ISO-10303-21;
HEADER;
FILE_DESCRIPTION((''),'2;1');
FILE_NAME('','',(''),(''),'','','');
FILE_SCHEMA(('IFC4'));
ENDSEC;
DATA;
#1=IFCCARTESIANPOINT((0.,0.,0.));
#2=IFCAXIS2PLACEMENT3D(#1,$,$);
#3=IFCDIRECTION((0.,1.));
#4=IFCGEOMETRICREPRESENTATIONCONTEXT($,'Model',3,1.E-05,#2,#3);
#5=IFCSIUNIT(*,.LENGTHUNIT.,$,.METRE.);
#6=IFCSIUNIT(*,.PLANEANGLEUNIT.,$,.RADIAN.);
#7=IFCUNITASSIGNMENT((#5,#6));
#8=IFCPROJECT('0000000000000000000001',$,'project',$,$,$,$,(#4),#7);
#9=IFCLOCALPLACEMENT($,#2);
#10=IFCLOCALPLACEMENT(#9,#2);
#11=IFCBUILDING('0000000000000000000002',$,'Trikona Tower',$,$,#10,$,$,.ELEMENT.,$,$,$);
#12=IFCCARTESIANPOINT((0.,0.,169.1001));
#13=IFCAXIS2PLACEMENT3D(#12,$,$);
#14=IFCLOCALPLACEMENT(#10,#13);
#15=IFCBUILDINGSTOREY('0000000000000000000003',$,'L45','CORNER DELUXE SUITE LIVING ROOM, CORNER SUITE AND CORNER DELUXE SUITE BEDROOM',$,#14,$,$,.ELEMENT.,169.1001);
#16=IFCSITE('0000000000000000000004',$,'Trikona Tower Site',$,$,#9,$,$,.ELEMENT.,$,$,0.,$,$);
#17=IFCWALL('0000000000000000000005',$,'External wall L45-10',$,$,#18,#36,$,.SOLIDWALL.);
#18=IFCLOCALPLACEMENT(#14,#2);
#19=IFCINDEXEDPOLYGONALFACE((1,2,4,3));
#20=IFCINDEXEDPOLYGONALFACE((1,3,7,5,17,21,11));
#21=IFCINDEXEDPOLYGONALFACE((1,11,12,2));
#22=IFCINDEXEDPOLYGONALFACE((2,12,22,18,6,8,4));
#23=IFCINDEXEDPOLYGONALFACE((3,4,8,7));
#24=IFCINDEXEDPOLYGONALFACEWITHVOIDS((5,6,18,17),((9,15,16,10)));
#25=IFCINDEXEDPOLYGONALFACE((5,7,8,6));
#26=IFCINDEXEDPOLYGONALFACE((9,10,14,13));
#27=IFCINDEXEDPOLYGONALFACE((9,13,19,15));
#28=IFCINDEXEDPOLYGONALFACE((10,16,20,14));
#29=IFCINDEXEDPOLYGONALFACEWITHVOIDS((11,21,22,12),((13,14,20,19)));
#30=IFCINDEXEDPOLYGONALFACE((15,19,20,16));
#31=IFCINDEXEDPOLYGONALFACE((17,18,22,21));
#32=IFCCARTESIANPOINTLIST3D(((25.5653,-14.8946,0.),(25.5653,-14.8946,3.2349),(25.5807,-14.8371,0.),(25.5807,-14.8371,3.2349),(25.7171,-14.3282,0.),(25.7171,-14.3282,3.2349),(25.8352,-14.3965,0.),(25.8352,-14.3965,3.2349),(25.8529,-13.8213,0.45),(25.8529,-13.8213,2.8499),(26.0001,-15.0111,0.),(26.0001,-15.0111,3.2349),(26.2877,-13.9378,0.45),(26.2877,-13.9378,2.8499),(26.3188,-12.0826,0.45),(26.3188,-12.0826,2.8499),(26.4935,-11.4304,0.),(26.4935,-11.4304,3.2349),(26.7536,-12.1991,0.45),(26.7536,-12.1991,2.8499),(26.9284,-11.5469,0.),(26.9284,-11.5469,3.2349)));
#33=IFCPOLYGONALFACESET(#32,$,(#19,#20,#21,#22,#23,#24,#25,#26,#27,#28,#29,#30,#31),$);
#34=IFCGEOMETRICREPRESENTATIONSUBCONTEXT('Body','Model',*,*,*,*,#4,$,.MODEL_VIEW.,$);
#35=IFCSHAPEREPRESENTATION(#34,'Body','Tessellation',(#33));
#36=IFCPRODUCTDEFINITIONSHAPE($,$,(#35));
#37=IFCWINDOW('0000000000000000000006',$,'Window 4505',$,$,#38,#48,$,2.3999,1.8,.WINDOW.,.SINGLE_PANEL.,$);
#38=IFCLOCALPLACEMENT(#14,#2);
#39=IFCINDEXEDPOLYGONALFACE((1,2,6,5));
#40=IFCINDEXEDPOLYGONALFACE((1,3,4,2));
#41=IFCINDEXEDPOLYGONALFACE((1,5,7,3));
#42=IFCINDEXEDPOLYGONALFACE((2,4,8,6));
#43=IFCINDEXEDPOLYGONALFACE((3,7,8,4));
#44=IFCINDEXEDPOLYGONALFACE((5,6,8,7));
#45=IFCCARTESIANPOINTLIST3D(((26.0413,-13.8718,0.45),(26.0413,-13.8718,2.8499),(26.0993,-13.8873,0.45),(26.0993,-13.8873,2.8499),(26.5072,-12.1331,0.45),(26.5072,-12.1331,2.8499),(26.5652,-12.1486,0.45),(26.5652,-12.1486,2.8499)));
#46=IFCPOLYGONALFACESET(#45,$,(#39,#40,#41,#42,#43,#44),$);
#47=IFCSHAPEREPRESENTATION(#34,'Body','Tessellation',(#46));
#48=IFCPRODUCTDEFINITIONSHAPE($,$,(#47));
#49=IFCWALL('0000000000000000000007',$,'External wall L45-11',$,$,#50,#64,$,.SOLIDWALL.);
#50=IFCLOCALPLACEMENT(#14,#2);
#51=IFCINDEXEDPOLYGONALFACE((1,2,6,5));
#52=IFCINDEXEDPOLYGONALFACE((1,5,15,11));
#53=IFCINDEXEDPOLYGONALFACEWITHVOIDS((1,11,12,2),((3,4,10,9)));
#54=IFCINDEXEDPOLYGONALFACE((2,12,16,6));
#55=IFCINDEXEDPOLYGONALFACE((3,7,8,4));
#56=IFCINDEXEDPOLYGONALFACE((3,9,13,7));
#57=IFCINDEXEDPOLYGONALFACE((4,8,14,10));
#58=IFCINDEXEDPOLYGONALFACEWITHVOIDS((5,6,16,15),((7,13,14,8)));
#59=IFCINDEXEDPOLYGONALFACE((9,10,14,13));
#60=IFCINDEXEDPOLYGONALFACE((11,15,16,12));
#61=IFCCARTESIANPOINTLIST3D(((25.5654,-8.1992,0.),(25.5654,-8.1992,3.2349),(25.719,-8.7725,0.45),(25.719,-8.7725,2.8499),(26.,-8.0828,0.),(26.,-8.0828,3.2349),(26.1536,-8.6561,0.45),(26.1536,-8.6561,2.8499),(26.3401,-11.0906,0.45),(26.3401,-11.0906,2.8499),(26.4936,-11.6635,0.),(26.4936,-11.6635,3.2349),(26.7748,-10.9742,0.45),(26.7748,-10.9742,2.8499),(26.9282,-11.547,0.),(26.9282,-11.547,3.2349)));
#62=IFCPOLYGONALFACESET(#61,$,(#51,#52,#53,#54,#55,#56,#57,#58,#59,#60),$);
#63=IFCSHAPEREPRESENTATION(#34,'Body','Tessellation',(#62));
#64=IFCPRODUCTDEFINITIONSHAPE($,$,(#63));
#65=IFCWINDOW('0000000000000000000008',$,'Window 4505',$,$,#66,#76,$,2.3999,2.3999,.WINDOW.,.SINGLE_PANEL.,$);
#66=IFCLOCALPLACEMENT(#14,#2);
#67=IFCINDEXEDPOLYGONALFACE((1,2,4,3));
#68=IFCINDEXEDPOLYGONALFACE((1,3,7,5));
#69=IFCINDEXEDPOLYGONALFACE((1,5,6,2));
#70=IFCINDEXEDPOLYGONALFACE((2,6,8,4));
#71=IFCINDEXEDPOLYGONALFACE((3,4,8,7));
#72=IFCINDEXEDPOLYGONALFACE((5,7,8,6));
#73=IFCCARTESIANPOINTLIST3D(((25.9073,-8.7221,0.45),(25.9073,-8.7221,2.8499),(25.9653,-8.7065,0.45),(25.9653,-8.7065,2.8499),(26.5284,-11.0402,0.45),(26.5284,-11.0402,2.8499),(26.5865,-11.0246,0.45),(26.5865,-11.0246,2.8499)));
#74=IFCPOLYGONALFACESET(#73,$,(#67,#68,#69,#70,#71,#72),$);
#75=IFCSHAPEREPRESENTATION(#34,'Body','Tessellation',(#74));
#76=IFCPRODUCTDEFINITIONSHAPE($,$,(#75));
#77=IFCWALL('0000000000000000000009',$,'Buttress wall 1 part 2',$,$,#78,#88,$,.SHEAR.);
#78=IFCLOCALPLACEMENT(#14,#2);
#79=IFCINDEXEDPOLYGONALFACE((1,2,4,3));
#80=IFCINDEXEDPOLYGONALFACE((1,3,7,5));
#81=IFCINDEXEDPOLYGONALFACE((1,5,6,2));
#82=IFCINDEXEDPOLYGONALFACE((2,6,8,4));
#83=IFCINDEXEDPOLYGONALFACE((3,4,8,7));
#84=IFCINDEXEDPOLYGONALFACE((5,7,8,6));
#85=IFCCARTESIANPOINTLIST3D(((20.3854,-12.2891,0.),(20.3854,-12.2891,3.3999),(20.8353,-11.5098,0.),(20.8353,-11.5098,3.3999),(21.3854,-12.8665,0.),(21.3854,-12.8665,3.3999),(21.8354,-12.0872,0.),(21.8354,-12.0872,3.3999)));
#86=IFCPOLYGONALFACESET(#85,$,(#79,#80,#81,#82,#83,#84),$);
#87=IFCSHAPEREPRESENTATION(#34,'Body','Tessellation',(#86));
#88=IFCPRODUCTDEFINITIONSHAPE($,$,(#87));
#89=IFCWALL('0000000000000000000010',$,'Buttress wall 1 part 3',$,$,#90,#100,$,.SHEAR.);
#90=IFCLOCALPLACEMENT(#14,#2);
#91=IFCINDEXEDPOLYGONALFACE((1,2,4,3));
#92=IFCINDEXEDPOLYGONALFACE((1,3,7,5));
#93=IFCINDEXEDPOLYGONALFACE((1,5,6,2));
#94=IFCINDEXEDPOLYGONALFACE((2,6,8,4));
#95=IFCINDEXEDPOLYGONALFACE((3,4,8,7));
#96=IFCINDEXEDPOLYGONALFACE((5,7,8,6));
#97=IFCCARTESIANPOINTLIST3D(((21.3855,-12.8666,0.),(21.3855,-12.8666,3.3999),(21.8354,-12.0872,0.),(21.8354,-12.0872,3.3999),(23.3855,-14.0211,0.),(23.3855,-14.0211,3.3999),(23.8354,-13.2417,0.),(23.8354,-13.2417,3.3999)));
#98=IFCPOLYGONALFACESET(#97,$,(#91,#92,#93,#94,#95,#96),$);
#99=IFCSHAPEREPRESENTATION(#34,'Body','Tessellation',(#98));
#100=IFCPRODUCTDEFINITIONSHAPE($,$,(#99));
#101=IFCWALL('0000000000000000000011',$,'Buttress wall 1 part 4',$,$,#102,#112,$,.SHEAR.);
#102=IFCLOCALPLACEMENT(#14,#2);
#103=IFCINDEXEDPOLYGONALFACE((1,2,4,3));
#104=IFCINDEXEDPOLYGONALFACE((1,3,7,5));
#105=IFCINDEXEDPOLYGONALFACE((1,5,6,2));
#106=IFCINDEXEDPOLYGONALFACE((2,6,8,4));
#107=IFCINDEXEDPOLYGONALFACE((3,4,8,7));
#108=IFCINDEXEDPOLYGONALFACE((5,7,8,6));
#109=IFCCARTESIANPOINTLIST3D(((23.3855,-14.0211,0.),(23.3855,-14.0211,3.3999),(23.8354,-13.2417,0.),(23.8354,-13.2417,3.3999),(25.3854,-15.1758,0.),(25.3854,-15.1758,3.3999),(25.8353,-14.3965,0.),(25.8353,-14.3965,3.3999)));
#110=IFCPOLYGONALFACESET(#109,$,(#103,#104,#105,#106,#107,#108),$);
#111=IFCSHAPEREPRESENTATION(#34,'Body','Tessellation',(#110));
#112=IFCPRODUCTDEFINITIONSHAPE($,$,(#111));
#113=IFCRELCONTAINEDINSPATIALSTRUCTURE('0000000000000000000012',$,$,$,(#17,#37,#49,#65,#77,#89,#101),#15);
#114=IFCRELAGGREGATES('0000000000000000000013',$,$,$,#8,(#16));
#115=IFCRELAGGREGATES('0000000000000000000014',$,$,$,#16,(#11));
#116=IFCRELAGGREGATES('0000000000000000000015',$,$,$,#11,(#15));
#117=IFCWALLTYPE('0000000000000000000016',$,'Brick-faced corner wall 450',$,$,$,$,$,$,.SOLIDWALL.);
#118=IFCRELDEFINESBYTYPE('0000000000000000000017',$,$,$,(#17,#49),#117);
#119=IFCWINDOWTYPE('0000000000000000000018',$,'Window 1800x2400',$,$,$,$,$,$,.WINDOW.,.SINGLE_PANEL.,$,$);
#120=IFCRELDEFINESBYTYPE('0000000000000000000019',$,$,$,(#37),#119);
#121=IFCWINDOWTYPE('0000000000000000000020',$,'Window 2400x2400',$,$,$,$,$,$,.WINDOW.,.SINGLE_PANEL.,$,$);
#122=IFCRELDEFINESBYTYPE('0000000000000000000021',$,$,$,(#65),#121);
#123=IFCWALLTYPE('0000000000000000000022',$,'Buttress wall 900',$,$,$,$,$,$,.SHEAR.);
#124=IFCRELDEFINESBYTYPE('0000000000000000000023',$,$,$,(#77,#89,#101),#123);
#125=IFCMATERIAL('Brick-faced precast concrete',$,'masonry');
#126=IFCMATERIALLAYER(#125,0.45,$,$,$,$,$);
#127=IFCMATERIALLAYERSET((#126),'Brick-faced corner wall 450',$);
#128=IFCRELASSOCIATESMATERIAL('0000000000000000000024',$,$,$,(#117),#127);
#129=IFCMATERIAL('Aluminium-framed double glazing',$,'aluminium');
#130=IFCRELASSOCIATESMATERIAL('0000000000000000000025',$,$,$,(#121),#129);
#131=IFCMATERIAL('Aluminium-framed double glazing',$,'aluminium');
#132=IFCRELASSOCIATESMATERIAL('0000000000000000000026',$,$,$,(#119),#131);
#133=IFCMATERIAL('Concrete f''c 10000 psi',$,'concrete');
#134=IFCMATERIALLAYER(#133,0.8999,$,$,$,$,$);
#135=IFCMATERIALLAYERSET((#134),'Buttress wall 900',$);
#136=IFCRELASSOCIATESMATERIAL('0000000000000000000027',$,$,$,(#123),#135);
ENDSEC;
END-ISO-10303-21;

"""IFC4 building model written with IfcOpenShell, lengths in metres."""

from ifc_helpers import new_model, si_unit, direction, frame, frame_2d, origin, place, context, subcontext, project, spatial, polyline, rectangle, outline, extrude, material, layer, layer_set, type_object, element, fill, save


model = new_model("IFC4")

# Units and contexts
model_context = context("Model", 3, precision=1e-05, world=origin(), true_north=direction((0.0, 1.0)))
body_context = subcontext(model_context, "Body", "Model", "MODEL_VIEW")
ifc_project = project(units=[si_unit("LENGTHUNIT", "METRE"), si_unit("PLANEANGLEUNIT", "RADIAN")], contexts=[model_context])

# Site, building, storey
site_placement = place(None, origin())
site = spatial("IfcSite", under=ifc_project, at=site_placement, Name="Trikona Tower Site", CompositionType="ELEMENT", RefElevation=0.0)
building_placement = place(site_placement, origin())
building = spatial("IfcBuilding", under=site, at=building_placement, Name="Trikona Tower", CompositionType="ELEMENT")
storey_placement = place(building_placement, frame((0.0, 0.0, 169.1001)))
storey = spatial("IfcBuildingStorey", under=building, at=storey_placement, Name="L45", Description="CORNER DELUXE SUITE LIVING ROOM, CORNER SUITE AND CORNER DELUXE SUITE BEDROOM", CompositionType="ELEMENT", Elevation=169.1001)

# Walls, openings, windows
ifc_material_1 = material(Name="Brick-faced precast concrete", Category="masonry")
ifc_layer_1 = layer(ifc_material_1, 0.45)
ifc_layer_set_1 = layer_set([ifc_layer_1], Name="Brick-faced corner wall 450")
wall_type_1 = type_object("IfcWallType", Name="Brick-faced corner wall 450", PredefinedType="SOLIDWALL", material=ifc_layer_set_1)
ifc_material_2 = material(Name="Aluminium-framed double glazing", Category="aluminium")
window_type_1 = type_object("IfcWindowType", Name="Window 2400x2400", PartitioningType="SINGLE_PANEL", PredefinedType="WINDOW", material=ifc_material_2)
ifc_material_3 = material(Name="Aluminium-framed double glazing", Category="aluminium")
window_type_2 = type_object("IfcWindowType", Name="Window 1800x2400", PartitioningType="SINGLE_PANEL", PredefinedType="WINDOW", material=ifc_material_3)
wall_1_placement = place(storey_placement, frame((25.7827, -14.9529, 0.0), z_axis=(0.0, 0.0, 1.0), x_axis=(0.258823, 0.965925, 0.0)))
wall_1 = element("IfcWall", 1, at=wall_1_placement, inside=storey, type_object=wall_type_1, Name="External wall L45-10", PredefinedType="SOLIDWALL", context=body_context, shape_type="SweptSolid", body=[
    extrude(outline(polyline([(3.5864, 0.2251), (0.5864, 0.2251), (0.551, 0.0933), (0.0596, 0.2251), (0.0, 0.2251), (0.0, -0.2251), (3.5864, -0.2251), (3.5864, 0.2251)])), origin(), (0.0, 0.0, 1.0), 3.2349),
])
opening_1_placement = place(wall_1_placement, frame((1.1113, 0.0, 0.45)))
opening_1 = element("IfcOpeningElement", 2, at=opening_1_placement, cuts=wall_1, PredefinedType="OPENING", context=body_context, shape_type="SweptSolid", body=[
    extrude(rectangle(XDim=1.8, YDim=2.3999, at=frame_2d((0.8999, 1.2))), frame((0.0, 0.2349, 0.0), z_axis=(0.0, -1.0, 0.0), x_axis=(1.0, 0.0, 0.0)), (0.0, 0.0, 1.0), 0.47),
])
window_1_placement = place(opening_1_placement, origin())
window_1 = element("IfcWindow", 3, at=window_1_placement, inside=storey, type_object=window_type_2, Name="Window 4505", OverallHeight=2.3999, OverallWidth=1.8, PartitioningType="SINGLE_PANEL", PredefinedType="WINDOW", context=body_context, shape_type="SweptSolid", body=[
    extrude(rectangle(XDim=1.8, YDim=2.3999, at=frame_2d((0.8999, 1.2))), frame((0.0, 0.03, 0.0), z_axis=(0.0, -1.0, 0.0), x_axis=(1.0, 0.0, 0.0)), (0.0, 0.0, 1.0), 0.0601),
])
fill(opening_1, window_1)
wall_2_placement = place(storey_placement, frame((26.7109, -11.6052, 0.0), z_axis=(0.0, 0.0, 1.0), x_axis=(-0.258823, 0.965925, 0.0)))
wall_2 = element("IfcWall", 4, at=wall_2_placement, inside=storey, type_object=wall_type_1, Name="External wall L45-11", PredefinedType="SOLIDWALL", context=body_context, shape_type="SweptSolid", body=[
    extrude(rectangle(XDim=3.5864, YDim=0.45, at=frame_2d((1.7932, 0.0))), origin(), (0.0, 0.0, 1.0), 3.2349),
])
opening_2_placement = place(wall_2_placement, frame((0.593, 0.0, 0.45)))
opening_2 = element("IfcOpeningElement", 5, at=opening_2_placement, cuts=wall_2, PredefinedType="OPENING", context=body_context, shape_type="SweptSolid", body=[
    extrude(rectangle(XDim=2.3999, YDim=2.3999, at=frame_2d((1.2, 1.2))), frame((0.0, 0.2349, 0.0), z_axis=(0.0, -1.0, 0.0), x_axis=(1.0, 0.0, 0.0)), (0.0, 0.0, 1.0), 0.47),
])
window_2_placement = place(opening_2_placement, origin())
window_2 = element("IfcWindow", 6, at=window_2_placement, inside=storey, type_object=window_type_1, Name="Window 4505", OverallHeight=2.3999, OverallWidth=2.3999, PartitioningType="SINGLE_PANEL", PredefinedType="WINDOW", context=body_context, shape_type="SweptSolid", body=[
    extrude(rectangle(XDim=2.3999, YDim=2.3999, at=frame_2d((1.2, 1.2))), frame((0.0, 0.03, 0.0), z_axis=(0.0, -1.0, 0.0), x_axis=(1.0, 0.0, 0.0)), (0.0, 0.0, 1.0), 0.0601),
])
fill(opening_2, window_2)

# Walls
ifc_material_4 = material(Name="Concrete f'c 10000 psi", Category="concrete")
ifc_layer_2 = layer(ifc_material_4, 0.8999)
ifc_layer_set_2 = layer_set([ifc_layer_2], Name="Buttress wall 900")
wall_type_2 = type_object("IfcWallType", Name="Buttress wall 900", PredefinedType="SHEAR", material=ifc_layer_set_2)
wall_3_placement = place(storey_placement, frame((20.6104, -11.8994, 0.0), z_axis=(0.0, 0.0, 1.0), x_axis=(0.86601, -0.500027, 0.0)))
element("IfcWall", 7, at=wall_3_placement, inside=storey, type_object=wall_type_2, Name="Buttress wall 1 part 2", PredefinedType="SHEAR", context=body_context, shape_type="SweptSolid", body=[
    extrude(rectangle(XDim=1.1548, YDim=0.8999, at=frame_2d((0.5774, 0.0))), origin(), (0.0, 0.0, 1.0), 3.3999),
])
for number, where, z_axis, x_axis, name in (
    (8, (21.6104, -12.4768, 0.0), (0.0, 0.0, 1.0), (0.866055, -0.499948, 0.0), "Buttress wall 1 part 3"),
    (9, (23.6104, -13.6313, 0.0), (0.0, 0.0, 1.0), (0.86601, -0.500027, 0.0), "Buttress wall 1 part 4"),
):
    element("IfcWall", number, at=place(storey_placement, frame(where, z_axis=z_axis, x_axis=x_axis)), inside=storey, type_object=wall_type_2, Name=name, PredefinedType="SHEAR", context=body_context, shape_type="SweptSolid", body=[
        extrude(rectangle(XDim=2.3093, YDim=0.8999, at=frame_2d((1.1548, 0.0))), origin(), (0.0, 0.0, 1.0), 3.3999),
    ])

save(model, "model.ifc")
